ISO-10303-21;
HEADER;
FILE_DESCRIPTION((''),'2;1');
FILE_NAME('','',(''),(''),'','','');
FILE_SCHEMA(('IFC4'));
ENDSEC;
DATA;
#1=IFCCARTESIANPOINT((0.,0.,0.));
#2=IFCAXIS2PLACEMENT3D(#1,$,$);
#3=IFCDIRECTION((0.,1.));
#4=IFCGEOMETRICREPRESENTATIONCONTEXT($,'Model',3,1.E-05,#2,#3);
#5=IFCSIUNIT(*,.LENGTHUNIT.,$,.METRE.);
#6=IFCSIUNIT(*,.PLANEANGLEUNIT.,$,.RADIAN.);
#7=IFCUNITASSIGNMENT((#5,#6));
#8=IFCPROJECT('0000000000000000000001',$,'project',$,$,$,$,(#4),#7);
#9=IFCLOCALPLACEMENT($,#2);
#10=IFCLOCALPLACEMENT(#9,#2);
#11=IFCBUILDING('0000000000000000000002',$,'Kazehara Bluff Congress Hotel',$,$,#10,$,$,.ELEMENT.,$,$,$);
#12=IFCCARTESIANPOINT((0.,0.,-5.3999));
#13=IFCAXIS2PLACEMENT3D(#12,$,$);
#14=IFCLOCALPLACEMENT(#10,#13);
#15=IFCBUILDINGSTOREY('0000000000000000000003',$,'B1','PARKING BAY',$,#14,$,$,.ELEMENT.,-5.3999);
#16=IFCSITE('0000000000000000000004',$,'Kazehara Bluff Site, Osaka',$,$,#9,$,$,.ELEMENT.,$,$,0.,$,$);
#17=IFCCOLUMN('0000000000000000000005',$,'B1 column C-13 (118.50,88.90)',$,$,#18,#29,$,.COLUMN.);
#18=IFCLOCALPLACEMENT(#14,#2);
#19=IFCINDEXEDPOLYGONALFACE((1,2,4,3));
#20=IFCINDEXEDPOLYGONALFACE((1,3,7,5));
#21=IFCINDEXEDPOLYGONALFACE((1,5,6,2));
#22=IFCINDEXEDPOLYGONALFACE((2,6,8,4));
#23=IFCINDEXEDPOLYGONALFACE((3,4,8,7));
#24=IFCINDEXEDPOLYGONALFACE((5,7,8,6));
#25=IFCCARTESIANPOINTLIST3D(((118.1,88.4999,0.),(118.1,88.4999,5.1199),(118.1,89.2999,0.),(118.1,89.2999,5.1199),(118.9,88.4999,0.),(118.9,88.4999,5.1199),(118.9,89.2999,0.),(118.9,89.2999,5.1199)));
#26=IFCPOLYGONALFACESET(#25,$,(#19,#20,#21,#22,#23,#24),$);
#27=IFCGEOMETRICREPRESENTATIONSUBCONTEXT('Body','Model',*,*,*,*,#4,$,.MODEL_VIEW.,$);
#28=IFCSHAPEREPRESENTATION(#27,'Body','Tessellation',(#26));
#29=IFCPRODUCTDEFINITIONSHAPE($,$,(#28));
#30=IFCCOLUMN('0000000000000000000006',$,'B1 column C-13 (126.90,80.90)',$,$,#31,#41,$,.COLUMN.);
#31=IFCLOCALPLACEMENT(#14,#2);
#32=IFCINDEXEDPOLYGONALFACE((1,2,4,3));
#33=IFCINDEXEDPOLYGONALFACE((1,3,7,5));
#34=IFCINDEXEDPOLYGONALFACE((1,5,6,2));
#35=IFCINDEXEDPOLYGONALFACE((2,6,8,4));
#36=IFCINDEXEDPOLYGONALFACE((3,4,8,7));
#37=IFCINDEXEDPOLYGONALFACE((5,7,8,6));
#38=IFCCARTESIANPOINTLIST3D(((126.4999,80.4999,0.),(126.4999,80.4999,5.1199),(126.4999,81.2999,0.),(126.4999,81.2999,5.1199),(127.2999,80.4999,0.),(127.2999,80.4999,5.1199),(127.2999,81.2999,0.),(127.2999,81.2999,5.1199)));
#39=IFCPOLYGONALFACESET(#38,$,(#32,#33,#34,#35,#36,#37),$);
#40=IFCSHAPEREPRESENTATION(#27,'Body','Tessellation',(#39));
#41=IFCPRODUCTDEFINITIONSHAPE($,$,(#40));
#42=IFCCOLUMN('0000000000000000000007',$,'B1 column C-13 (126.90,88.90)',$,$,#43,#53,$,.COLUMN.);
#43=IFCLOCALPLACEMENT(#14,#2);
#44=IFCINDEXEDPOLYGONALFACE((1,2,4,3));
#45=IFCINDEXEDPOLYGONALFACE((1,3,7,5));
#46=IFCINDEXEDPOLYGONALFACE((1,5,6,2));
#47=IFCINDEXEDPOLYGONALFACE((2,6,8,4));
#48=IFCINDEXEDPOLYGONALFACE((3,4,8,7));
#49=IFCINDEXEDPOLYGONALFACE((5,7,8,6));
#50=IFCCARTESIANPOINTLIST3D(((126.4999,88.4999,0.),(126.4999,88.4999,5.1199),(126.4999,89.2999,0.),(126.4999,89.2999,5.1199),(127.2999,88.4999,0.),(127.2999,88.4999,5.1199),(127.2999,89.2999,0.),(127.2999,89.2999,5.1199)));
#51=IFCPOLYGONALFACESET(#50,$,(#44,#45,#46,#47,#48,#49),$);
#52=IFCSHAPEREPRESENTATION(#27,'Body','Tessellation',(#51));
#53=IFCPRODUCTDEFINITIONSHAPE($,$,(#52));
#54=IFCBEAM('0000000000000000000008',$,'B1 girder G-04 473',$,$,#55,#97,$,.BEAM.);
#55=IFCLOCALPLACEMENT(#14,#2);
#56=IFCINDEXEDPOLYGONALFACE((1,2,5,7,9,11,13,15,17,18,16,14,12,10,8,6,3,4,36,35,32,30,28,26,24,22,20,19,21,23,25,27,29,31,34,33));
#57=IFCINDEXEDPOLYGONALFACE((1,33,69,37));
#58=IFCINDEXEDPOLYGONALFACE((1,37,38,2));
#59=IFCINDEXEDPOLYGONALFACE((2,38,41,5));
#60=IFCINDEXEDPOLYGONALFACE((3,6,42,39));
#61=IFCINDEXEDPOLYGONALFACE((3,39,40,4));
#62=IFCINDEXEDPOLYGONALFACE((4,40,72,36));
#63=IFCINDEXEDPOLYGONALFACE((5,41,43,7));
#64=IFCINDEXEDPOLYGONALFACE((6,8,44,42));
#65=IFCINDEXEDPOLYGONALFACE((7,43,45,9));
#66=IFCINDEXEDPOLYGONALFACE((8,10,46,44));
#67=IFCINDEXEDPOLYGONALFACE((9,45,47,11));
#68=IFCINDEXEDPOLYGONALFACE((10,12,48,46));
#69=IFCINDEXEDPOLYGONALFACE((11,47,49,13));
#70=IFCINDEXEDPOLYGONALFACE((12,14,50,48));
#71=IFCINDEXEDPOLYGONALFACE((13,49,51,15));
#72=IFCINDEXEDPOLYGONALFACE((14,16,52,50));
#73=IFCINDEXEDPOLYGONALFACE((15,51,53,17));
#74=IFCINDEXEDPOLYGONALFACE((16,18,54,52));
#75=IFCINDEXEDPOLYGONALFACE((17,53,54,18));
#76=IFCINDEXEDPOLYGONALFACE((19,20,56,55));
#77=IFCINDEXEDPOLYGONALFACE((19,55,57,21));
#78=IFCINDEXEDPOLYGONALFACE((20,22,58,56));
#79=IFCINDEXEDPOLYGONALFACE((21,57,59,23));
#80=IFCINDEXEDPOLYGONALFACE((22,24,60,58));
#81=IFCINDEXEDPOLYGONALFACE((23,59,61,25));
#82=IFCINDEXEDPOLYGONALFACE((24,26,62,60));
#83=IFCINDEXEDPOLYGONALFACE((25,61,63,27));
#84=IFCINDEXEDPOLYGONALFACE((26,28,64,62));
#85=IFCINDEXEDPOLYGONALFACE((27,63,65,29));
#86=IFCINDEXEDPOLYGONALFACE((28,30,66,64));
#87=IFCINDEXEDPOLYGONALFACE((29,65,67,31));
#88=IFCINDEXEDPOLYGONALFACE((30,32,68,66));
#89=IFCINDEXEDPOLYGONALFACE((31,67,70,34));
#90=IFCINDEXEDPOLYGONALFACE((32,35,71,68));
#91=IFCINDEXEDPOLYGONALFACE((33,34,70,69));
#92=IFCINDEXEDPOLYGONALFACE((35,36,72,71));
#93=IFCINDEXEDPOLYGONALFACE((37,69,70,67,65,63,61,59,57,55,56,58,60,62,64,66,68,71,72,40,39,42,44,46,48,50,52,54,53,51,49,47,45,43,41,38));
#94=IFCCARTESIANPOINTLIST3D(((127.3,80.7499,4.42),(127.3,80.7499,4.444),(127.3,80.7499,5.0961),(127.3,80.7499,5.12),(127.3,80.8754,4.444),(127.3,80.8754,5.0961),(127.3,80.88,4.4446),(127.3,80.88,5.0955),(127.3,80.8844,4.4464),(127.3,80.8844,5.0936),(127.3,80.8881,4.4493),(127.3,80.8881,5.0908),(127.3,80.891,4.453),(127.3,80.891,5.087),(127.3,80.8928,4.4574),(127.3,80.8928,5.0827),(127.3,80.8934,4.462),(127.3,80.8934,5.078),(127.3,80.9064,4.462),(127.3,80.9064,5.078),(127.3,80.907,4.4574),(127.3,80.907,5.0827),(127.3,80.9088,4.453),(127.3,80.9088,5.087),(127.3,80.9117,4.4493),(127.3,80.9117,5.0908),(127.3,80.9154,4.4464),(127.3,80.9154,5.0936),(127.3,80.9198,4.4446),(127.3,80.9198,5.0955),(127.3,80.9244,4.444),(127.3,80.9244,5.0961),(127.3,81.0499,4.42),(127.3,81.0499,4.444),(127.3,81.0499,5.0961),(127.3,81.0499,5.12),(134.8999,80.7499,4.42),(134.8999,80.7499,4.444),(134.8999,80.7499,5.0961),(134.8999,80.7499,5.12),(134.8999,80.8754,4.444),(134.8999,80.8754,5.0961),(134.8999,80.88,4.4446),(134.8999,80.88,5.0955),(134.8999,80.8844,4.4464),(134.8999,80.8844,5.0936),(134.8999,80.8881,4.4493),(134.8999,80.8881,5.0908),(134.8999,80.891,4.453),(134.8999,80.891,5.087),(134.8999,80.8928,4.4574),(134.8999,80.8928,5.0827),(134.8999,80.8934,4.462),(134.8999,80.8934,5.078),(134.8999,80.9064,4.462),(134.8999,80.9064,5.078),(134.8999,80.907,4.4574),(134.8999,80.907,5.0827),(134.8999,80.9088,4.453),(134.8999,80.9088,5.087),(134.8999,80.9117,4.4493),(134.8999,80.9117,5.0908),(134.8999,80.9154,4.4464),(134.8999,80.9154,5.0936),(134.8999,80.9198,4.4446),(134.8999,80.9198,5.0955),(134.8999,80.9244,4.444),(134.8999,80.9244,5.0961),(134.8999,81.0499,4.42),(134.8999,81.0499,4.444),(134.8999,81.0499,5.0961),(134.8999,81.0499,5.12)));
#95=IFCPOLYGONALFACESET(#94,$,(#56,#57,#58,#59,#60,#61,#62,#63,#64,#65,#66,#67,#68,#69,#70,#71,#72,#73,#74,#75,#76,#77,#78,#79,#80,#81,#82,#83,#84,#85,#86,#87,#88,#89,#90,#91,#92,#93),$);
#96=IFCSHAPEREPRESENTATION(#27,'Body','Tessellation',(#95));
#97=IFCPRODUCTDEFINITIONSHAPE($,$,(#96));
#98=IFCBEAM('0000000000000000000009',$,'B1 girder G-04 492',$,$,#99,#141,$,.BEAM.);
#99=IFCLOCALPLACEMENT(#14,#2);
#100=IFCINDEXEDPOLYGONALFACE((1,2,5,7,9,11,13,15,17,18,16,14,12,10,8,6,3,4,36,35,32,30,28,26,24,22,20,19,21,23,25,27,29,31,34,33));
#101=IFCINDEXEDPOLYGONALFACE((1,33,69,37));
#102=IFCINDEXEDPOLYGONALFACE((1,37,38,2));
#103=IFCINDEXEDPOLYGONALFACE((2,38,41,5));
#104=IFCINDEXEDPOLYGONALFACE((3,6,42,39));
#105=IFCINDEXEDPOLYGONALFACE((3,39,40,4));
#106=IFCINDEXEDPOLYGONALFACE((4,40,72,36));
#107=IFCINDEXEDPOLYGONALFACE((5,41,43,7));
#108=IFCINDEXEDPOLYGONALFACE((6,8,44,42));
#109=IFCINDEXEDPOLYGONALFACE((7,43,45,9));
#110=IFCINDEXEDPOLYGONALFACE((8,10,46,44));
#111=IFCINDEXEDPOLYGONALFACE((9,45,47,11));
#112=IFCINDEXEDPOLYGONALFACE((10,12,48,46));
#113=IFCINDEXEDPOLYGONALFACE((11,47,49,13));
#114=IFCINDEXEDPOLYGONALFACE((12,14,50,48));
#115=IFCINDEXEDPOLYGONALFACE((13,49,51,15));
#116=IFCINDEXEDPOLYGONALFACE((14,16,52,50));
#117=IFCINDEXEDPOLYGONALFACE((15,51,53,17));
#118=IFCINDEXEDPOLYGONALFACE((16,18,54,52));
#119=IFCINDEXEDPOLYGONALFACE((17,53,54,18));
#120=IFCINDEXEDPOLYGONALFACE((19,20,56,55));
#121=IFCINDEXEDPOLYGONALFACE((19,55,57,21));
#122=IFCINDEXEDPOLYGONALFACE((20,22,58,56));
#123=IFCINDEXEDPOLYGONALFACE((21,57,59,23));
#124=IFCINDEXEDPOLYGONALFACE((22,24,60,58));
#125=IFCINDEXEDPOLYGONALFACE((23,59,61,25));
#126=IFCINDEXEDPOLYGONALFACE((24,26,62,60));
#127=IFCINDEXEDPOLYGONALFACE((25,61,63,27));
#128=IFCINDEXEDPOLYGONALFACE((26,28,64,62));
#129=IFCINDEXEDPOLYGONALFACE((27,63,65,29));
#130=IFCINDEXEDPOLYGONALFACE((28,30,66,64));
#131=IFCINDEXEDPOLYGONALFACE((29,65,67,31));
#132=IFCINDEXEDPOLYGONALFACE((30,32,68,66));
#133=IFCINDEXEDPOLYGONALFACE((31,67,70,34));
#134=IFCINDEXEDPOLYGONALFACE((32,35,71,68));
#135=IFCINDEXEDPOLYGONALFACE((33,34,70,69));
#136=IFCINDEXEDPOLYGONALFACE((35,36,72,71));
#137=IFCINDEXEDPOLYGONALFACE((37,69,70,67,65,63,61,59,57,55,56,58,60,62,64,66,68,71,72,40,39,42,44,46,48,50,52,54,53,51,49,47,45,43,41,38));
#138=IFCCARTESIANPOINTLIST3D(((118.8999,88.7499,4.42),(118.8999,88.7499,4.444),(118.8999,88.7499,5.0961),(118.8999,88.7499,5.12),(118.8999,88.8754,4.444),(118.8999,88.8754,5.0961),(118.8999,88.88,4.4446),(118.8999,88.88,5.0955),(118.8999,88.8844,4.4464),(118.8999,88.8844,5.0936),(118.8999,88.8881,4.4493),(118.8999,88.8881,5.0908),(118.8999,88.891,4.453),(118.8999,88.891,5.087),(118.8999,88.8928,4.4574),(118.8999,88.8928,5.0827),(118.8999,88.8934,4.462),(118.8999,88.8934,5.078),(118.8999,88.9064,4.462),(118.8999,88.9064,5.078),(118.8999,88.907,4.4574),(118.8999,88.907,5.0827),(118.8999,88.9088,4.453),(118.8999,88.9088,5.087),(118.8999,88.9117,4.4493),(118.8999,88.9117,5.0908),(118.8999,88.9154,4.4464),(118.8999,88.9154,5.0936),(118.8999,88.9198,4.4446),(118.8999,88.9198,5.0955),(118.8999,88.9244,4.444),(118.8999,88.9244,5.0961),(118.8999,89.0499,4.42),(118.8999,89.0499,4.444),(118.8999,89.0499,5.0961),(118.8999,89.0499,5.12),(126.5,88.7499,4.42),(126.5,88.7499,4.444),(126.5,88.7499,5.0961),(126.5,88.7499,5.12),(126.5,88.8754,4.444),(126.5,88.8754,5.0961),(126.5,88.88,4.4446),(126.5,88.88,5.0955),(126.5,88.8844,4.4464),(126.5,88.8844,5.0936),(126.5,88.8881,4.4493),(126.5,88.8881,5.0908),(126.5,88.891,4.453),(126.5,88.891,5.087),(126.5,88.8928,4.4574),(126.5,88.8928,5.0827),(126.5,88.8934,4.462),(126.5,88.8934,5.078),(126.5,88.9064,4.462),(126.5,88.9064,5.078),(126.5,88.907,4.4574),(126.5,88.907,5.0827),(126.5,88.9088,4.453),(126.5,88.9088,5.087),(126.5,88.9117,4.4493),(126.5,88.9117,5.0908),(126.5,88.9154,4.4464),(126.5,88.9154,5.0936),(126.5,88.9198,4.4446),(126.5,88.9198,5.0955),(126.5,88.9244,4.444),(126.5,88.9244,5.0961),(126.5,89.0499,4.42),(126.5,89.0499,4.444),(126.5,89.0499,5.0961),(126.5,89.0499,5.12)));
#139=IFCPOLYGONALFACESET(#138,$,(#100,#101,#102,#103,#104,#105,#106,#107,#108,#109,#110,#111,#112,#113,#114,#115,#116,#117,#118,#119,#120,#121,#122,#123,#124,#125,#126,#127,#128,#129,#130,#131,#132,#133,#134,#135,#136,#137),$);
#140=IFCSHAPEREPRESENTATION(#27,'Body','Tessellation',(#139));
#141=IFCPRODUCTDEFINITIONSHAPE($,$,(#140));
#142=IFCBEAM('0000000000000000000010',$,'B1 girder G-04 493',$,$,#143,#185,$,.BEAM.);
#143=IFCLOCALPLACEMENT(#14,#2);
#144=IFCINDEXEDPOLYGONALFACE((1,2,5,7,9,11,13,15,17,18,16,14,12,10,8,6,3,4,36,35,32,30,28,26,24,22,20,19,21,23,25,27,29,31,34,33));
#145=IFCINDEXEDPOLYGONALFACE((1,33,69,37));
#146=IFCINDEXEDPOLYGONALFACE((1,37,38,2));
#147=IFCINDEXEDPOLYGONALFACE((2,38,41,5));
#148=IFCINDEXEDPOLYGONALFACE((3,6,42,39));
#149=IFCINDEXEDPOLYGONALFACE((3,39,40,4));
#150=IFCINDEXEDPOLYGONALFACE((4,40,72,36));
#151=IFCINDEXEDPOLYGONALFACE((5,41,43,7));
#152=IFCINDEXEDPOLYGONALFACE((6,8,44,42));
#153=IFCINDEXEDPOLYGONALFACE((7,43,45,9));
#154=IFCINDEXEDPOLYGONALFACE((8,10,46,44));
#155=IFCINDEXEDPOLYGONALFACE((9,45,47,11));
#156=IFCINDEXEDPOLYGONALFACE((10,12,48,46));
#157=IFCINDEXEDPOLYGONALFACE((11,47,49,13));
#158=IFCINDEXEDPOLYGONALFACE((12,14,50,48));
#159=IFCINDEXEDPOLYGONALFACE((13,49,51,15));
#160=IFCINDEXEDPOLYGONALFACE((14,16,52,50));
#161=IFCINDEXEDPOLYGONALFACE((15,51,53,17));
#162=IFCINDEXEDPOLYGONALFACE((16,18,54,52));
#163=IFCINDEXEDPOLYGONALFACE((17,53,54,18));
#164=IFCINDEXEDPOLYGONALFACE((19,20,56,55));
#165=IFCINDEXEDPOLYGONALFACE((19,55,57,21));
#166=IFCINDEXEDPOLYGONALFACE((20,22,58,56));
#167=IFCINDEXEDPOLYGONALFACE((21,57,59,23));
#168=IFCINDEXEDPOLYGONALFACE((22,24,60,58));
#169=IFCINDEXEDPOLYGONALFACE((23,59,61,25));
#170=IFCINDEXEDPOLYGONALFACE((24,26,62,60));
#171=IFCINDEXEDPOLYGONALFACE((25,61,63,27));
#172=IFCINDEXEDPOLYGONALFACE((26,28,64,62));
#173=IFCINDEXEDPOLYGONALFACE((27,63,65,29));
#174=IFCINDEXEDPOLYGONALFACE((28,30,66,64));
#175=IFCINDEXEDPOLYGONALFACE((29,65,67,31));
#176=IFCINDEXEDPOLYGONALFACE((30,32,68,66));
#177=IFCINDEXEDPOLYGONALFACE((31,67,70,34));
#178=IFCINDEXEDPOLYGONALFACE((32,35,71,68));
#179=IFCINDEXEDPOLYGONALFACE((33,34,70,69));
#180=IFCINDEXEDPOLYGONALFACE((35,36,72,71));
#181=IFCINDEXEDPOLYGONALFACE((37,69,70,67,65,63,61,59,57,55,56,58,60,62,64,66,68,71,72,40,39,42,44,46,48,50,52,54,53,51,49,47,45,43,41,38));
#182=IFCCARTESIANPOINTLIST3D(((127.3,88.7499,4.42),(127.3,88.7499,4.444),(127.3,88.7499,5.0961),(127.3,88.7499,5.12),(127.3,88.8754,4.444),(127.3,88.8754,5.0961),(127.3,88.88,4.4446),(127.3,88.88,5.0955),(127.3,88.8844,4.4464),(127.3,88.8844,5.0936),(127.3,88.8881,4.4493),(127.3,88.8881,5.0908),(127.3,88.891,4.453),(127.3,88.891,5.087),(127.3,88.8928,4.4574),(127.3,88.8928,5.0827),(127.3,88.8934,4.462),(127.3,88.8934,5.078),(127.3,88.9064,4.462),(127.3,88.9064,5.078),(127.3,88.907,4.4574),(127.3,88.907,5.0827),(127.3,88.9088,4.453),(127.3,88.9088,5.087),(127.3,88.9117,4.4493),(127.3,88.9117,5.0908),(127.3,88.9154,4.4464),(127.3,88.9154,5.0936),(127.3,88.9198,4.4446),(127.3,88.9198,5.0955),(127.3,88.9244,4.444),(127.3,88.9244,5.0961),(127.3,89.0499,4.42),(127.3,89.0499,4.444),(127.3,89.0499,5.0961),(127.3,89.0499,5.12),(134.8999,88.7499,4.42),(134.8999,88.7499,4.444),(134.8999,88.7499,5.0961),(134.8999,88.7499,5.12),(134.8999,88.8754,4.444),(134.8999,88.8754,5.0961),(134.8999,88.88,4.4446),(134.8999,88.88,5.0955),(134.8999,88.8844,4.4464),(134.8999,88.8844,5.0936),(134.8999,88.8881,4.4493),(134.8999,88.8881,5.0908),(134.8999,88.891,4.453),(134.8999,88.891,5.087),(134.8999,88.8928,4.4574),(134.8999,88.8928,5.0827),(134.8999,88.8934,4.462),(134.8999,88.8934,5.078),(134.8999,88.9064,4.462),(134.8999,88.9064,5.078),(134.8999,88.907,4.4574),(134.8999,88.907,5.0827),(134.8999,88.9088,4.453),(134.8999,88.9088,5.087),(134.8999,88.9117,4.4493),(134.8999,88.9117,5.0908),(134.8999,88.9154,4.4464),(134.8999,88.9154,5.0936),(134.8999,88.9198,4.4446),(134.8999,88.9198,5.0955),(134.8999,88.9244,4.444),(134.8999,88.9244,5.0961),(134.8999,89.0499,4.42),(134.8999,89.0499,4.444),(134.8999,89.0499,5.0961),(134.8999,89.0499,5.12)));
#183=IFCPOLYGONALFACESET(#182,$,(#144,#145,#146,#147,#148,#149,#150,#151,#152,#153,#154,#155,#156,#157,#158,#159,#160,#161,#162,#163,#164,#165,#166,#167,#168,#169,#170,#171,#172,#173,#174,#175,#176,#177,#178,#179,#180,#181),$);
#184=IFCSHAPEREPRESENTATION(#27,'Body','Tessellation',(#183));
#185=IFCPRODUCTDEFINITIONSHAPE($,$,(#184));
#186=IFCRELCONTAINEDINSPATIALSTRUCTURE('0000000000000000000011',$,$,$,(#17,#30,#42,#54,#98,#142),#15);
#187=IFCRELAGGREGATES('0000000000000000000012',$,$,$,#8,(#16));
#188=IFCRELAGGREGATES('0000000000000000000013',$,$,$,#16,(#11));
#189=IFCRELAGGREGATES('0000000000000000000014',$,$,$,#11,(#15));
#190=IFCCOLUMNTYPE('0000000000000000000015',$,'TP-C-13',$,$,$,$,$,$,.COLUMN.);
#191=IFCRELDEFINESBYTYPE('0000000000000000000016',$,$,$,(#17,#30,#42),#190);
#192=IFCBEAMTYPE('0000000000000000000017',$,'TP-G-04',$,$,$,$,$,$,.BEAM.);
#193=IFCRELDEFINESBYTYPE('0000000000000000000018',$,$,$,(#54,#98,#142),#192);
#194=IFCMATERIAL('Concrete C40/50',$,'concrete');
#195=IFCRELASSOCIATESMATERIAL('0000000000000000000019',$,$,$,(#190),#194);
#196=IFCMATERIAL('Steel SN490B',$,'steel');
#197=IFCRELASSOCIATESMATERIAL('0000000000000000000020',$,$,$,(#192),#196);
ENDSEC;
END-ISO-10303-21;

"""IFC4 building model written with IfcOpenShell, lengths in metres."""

from ifc_helpers import new_model, si_unit, direction, frame, origin, origin_2d, place, context, subcontext, project, spatial, rectangle, i_section, extrude, material, material_profile, profile_set, type_object, element, save


model = new_model("IFC4")

# Units and contexts
model_context = context("Model", 3, precision=1e-05, world=origin(), true_north=direction((0.0, 1.0)))
body_context = subcontext(model_context, "Body", "Model", "MODEL_VIEW")
ifc_project = project(units=[si_unit("LENGTHUNIT", "METRE"), si_unit("PLANEANGLEUNIT", "RADIAN")], contexts=[model_context])

# Site, building, storey
site_placement = place(None, origin())
site = spatial("IfcSite", under=ifc_project, at=site_placement, Name="Kazehara Bluff Site, Osaka", CompositionType="ELEMENT", RefElevation=0.0)
building_placement = place(site_placement, origin())
building = spatial("IfcBuilding", under=site, at=building_placement, Name="Kazehara Bluff Congress Hotel", CompositionType="ELEMENT")
storey_placement = place(building_placement, frame((0.0, 0.0, -5.3999)))
storey = spatial("IfcBuildingStorey", under=building, at=storey_placement, Name="B1", Description="PARKING BAY", CompositionType="ELEMENT", Elevation=-5.3999)

# Columns
ifc_material_1 = material(Name="Concrete C40/50", Category="concrete")
ifc_material_profile_1 = material_profile(ifc_material_1, rectangle(XDim=0.8, YDim=0.8, at=origin_2d()))
ifc_profile_set_1 = profile_set([ifc_material_profile_1], Name="Concrete C40/50")
column_type = type_object("IfcColumnType", Name="TP-C-13", PredefinedType="COLUMN", material=ifc_profile_set_1)
for number, where, z_axis, x_axis, name in (
    (1, (118.5, 88.8999, 0.0), (0.0, 0.0, 1.0), (1.0, 0.0, 0.0), "B1 column C-13 (118.50,88.90)"),
    (2, (126.8999, 80.8999, 0.0), (0.0, 0.0, 1.0), (1.0, 0.0, 0.0), "B1 column C-13 (126.90,80.90)"),
    (3, (126.8999, 88.8999, 0.0), (0.0, 0.0, 1.0), (1.0, 0.0, 0.0), "B1 column C-13 (126.90,88.90)"),
):
    element("IfcColumn", number, at=place(storey_placement, frame(where, z_axis=z_axis, x_axis=x_axis)), inside=storey, type_object=column_type, Name=name, PredefinedType="COLUMN", context=body_context, shape_type="SweptSolid", body=[
        extrude(rectangle(XDim=0.8, YDim=0.8, at=origin_2d()), origin(), (0.0, 0.0, 1.0), 5.1199),
    ])

# Beams
ifc_material_2 = material(Name="Steel SN490B", Category="steel")
ifc_material_profile_2 = material_profile(ifc_material_2, i_section(OverallWidth=0.3, OverallDepth=0.7, WebThickness=0.0129, FlangeThickness=0.0239, FilletRadius=0.0181, at=origin_2d()))
ifc_profile_set_2 = profile_set([ifc_material_profile_2], Name="Steel SN490B")
beam_type_1 = type_object("IfcBeamType", Name="TP-G-04", PredefinedType="BEAM", material=ifc_profile_set_2)
beam_1_placement = place(storey_placement, frame((127.3, 80.8999, 4.77), z_axis=(1.0, 0.0, 0.0), x_axis=(0.0, 1.0, 0.0)))
element("IfcBeam", 4, at=beam_1_placement, inside=storey, type_object=beam_type_1, Name="B1 girder G-04 473", PredefinedType="BEAM", context=body_context, shape_type="SweptSolid", body=[
    extrude(i_section(OverallWidth=0.3, OverallDepth=0.7, WebThickness=0.0129, FlangeThickness=0.0239, FilletRadius=0.0181, at=origin_2d()), origin(), (0.0, 0.0, 1.0), 7.5999),
])
beam_2_placement = place(storey_placement, frame((118.8999, 88.8999, 4.77), z_axis=(1.0, 0.0, 0.0), x_axis=(0.0, 1.0, 0.0)))
element("IfcBeam", 5, at=beam_2_placement, inside=storey, type_object=beam_type_1, Name="B1 girder G-04 492", PredefinedType="BEAM", context=body_context, shape_type="SweptSolid", body=[
    extrude(i_section(OverallWidth=0.3, OverallDepth=0.7, WebThickness=0.0129, FlangeThickness=0.0239, FilletRadius=0.0181, at=origin_2d()), origin(), (0.0, 0.0, 1.0), 7.6001),
])
beam_3_placement = place(storey_placement, frame((127.3, 88.8999, 4.77), z_axis=(1.0, 0.0, 0.0), x_axis=(0.0, 1.0, 0.0)))
element("IfcBeam", 6, at=beam_3_placement, inside=storey, type_object=beam_type_1, Name="B1 girder G-04 493", PredefinedType="BEAM", context=body_context, shape_type="SweptSolid", body=[
    extrude(i_section(OverallWidth=0.3, OverallDepth=0.7, WebThickness=0.0129, FlangeThickness=0.0239, FilletRadius=0.0181, at=origin_2d()), origin(), (0.0, 0.0, 1.0), 7.5999),
])

save(model, "model.ifc")
